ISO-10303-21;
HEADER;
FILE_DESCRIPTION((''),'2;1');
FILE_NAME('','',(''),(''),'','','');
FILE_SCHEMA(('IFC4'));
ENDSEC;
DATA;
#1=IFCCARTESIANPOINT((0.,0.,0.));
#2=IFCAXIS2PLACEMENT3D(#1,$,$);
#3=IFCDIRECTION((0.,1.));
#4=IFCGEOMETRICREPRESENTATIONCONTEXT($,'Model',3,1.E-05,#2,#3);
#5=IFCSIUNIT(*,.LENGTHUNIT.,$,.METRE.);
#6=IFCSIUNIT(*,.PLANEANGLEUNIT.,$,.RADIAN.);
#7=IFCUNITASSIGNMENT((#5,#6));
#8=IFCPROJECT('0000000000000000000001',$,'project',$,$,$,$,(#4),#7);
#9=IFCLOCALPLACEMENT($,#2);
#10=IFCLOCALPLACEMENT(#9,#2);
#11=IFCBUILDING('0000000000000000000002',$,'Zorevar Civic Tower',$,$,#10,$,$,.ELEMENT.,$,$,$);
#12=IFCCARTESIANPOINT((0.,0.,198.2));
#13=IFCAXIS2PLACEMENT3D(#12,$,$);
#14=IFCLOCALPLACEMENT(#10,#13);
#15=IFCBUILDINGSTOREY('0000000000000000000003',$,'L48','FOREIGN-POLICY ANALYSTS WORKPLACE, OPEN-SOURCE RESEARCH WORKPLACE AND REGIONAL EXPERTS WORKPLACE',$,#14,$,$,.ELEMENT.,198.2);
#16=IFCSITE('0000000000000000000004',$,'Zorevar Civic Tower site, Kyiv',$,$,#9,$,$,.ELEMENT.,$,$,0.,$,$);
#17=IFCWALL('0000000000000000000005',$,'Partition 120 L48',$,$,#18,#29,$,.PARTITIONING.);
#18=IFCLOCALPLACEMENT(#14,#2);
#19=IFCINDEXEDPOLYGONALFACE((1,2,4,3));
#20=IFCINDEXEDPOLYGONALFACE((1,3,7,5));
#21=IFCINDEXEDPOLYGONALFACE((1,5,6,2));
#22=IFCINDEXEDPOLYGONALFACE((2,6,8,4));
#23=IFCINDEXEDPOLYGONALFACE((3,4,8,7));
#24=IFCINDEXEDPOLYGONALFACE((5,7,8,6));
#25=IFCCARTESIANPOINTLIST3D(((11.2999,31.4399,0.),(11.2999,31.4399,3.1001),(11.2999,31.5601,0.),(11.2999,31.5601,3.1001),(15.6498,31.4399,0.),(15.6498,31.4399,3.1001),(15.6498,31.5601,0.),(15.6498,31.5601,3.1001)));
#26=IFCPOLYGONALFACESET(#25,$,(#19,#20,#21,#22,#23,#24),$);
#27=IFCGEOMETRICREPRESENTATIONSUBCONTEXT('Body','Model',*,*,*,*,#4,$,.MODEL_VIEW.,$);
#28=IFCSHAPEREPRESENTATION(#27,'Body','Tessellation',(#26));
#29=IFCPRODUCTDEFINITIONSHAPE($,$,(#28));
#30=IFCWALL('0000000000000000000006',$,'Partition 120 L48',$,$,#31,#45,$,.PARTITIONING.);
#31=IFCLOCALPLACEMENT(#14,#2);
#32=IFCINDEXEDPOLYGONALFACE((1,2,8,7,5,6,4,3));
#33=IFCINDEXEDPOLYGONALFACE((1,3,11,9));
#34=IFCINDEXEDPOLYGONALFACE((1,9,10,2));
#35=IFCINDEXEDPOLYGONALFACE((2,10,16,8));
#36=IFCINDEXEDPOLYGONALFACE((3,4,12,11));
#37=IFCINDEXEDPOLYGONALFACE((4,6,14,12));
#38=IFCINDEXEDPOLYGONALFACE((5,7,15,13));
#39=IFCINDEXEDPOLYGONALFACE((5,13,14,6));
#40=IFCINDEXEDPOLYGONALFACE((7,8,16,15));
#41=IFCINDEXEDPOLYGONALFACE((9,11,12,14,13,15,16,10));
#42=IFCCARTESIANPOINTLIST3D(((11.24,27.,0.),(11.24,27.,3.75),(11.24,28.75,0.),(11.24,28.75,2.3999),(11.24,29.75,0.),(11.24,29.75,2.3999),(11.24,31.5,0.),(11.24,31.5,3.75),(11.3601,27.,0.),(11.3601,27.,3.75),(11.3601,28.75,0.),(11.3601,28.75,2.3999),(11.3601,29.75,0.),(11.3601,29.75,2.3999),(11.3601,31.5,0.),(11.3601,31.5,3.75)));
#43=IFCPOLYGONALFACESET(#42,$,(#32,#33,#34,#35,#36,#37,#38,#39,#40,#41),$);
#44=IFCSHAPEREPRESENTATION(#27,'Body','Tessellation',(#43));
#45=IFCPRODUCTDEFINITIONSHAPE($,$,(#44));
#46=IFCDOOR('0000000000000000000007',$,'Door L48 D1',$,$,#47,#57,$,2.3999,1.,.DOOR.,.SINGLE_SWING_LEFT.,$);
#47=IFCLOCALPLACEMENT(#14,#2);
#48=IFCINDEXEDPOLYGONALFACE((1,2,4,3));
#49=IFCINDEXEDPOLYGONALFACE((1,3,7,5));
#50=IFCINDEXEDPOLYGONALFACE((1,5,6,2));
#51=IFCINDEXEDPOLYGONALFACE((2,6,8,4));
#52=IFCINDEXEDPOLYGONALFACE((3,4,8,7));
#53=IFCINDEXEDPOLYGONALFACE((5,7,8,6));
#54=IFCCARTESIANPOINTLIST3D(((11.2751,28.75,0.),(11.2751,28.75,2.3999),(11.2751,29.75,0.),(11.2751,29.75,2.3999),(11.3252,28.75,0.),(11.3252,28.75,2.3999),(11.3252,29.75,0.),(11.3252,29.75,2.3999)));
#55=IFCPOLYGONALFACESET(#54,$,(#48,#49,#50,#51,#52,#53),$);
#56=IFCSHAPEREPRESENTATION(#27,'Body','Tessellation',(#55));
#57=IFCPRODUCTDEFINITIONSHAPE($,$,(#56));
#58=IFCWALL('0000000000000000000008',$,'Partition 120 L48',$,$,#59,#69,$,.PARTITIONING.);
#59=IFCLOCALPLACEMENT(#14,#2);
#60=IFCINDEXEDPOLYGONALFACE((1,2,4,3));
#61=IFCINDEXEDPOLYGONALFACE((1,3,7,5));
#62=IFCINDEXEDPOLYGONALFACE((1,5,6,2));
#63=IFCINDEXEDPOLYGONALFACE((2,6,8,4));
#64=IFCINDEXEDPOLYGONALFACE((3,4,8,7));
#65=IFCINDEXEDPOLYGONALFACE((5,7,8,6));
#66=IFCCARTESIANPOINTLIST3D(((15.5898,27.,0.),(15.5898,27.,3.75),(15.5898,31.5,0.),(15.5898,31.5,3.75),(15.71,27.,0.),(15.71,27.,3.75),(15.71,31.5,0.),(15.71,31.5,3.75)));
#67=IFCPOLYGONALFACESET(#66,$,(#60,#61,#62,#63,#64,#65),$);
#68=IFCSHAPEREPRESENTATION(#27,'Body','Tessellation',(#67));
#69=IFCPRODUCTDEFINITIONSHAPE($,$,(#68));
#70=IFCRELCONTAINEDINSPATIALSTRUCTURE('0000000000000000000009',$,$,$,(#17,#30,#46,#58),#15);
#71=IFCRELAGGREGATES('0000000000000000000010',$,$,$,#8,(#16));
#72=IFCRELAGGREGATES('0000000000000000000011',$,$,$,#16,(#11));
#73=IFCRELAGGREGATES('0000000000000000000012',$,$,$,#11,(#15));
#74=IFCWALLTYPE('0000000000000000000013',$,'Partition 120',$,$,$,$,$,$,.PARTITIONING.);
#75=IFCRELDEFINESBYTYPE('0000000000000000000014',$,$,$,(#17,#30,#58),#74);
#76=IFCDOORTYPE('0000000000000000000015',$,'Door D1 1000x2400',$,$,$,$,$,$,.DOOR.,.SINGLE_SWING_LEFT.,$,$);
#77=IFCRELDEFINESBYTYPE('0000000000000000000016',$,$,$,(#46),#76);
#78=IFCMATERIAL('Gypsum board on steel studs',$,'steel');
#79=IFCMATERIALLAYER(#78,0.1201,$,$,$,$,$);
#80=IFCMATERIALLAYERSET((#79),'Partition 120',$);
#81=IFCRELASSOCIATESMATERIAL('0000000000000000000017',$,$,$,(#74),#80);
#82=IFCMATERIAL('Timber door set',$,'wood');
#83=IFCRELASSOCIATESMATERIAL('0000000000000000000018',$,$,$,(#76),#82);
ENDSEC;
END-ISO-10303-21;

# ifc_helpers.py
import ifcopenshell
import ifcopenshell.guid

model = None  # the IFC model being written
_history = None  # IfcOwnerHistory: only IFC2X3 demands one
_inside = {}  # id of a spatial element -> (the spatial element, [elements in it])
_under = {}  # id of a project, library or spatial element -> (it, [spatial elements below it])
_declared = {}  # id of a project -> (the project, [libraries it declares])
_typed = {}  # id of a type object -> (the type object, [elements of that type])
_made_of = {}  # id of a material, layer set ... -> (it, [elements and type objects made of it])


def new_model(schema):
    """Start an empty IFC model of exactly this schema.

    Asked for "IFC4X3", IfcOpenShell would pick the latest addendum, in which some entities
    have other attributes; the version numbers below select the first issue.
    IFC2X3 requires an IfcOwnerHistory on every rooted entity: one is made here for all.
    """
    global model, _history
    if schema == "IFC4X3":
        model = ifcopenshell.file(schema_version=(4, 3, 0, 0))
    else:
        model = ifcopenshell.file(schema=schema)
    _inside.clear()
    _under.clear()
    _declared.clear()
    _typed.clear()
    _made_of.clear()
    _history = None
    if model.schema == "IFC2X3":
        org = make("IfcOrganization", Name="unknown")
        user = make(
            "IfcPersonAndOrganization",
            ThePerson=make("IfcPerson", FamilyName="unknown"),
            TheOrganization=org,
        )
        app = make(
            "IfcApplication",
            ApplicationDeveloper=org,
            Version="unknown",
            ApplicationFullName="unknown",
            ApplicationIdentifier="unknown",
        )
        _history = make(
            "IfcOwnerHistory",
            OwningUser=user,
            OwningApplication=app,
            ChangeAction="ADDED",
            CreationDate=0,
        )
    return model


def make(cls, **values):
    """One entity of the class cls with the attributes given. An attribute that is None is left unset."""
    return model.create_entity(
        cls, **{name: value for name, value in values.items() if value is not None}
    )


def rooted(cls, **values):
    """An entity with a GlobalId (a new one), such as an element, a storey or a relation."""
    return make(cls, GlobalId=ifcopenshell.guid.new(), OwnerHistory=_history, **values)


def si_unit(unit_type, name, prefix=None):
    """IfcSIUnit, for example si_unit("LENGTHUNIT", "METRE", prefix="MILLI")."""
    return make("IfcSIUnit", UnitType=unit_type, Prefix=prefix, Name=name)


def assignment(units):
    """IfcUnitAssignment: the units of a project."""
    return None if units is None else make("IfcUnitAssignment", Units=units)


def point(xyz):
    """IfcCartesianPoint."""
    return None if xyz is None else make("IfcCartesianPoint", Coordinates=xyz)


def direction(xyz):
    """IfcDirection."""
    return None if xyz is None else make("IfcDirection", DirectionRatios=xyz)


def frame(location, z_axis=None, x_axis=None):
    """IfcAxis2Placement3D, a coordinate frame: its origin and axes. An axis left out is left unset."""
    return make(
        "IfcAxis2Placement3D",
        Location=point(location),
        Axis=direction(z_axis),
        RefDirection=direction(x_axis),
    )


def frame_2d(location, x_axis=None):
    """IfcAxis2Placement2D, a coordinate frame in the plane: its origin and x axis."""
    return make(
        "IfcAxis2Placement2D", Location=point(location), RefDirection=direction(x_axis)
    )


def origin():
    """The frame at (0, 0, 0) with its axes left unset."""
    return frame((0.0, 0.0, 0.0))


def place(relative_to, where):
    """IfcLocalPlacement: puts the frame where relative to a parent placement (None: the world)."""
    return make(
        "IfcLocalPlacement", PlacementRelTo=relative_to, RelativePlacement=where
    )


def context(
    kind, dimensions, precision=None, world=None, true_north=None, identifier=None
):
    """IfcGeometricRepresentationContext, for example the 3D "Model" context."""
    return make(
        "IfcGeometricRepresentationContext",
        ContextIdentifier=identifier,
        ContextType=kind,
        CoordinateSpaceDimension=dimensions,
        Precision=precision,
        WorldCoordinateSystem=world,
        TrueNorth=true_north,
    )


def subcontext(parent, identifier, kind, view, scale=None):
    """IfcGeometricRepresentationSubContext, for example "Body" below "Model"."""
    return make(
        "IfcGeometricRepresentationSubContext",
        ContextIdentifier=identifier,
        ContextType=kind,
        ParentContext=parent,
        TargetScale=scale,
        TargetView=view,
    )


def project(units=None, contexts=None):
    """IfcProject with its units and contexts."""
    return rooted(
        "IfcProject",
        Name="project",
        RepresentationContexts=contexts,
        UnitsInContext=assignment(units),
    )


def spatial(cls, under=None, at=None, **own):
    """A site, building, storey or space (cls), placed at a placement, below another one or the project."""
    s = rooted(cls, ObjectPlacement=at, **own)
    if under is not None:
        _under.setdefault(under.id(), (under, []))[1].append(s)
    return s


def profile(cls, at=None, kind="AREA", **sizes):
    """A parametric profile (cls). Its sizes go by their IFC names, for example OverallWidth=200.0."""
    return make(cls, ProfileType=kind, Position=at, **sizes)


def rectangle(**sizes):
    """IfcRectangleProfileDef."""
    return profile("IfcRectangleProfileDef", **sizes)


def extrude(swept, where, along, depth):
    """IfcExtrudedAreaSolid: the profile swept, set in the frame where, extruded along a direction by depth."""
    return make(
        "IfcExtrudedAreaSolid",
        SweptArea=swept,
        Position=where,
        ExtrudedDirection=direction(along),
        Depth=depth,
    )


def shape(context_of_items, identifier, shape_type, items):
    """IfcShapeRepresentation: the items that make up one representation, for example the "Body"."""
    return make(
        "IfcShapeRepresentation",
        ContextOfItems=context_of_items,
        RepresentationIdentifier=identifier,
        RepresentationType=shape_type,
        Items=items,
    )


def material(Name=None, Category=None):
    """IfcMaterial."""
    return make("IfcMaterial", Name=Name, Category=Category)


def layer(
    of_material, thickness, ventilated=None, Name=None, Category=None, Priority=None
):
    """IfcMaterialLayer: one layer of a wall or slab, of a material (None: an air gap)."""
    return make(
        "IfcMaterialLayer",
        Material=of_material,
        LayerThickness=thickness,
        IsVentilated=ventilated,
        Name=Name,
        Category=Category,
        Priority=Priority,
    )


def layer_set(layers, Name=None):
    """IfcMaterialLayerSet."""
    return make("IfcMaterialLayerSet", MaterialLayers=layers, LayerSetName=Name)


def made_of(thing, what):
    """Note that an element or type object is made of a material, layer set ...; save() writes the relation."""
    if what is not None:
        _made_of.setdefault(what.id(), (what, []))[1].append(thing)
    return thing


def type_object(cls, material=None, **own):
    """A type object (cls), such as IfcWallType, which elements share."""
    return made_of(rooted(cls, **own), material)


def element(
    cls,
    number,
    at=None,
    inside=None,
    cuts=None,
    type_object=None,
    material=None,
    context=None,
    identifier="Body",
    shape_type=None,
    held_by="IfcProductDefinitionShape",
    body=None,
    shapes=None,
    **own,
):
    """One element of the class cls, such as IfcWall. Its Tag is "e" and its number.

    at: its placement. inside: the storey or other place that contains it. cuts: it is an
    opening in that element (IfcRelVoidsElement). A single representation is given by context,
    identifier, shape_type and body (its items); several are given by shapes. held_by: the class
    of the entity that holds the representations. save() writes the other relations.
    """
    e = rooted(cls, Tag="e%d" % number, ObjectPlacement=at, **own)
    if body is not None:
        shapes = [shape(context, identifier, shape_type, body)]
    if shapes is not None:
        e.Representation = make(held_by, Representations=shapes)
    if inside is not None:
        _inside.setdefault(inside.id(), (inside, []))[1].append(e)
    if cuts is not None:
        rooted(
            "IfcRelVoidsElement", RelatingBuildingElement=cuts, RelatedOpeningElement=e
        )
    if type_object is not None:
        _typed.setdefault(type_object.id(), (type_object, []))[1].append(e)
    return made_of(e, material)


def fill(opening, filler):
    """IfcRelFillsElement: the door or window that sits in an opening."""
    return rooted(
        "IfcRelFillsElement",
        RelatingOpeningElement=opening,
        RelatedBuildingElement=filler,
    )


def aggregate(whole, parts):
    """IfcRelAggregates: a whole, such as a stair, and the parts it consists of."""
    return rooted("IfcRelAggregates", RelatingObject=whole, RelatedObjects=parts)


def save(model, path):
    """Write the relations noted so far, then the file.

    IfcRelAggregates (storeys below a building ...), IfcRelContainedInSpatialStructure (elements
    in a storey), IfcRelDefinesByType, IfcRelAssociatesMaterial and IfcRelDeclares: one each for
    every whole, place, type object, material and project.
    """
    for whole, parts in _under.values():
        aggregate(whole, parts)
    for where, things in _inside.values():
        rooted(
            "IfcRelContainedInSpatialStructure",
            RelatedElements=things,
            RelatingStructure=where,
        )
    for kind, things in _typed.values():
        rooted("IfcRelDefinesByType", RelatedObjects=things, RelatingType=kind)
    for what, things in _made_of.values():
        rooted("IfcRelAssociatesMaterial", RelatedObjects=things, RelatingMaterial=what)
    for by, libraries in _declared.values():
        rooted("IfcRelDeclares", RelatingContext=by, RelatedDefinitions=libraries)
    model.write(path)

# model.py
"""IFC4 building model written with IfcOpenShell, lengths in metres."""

from ifc_helpers import new_model, si_unit, direction, frame, frame_2d, origin, place, context, subcontext, project, spatial, rectangle, extrude, material, layer, layer_set, type_object, element, fill, save


model = new_model("IFC4")

# Units and contexts
model_context = context("Model", 3, precision=1e-05, world=origin(), true_north=direction((0.0, 1.0)))
body_context = subcontext(model_context, "Body", "Model", "MODEL_VIEW")
ifc_project = project(units=[si_unit("LENGTHUNIT", "METRE"), si_unit("PLANEANGLEUNIT", "RADIAN")], contexts=[model_context])

# Site, building, storey
site_placement = place(None, origin())
site = spatial("IfcSite", under=ifc_project, at=site_placement, Name="Zorevar Civic Tower site, Kyiv", CompositionType="ELEMENT", RefElevation=0.0)
building_placement = place(site_placement, origin())
building = spatial("IfcBuilding", under=site, at=building_placement, Name="Zorevar Civic Tower", CompositionType="ELEMENT")
storey_placement = place(building_placement, frame((0.0, 0.0, 198.2)))
storey = spatial("IfcBuildingStorey", under=building, at=storey_placement, Name="L48", Description="FOREIGN-POLICY ANALYSTS WORKPLACE, OPEN-SOURCE RESEARCH WORKPLACE AND REGIONAL EXPERTS WORKPLACE", CompositionType="ELEMENT", Elevation=198.2)

# Wall
ifc_material_1 = material(Name="Gypsum board on steel studs", Category="steel")
ifc_layer_1 = layer(ifc_material_1, 0.1201)
ifc_layer_set_1 = layer_set([ifc_layer_1], Name="Partition 120")
wall_type_1 = type_object("IfcWallType", Name="Partition 120", PredefinedType="PARTITIONING", material=ifc_layer_set_1)
wall_1_placement = place(storey_placement, frame((11.3, 31.5, 0.0), z_axis=(0.0, 0.0, 1.0), x_axis=(1.0, 0.0, 0.0)))
element("IfcWall", 1, at=wall_1_placement, inside=storey, type_object=wall_type_1, Name="Partition 120 L48", PredefinedType="PARTITIONING", context=body_context, shape_type="SweptSolid", body=[
    extrude(rectangle(XDim=4.3499, YDim=0.1201, at=frame_2d((2.1748, 0.0))), origin(), (0.0, 0.0, 1.0), 3.1001),
])

# Wall, opening, door
wall_2_placement = place(storey_placement, frame((11.3, 27.0, 0.0), z_axis=(0.0, 0.0, 1.0), x_axis=(0.0, 1.0, 0.0)))
wall_2 = element("IfcWall", 2, at=wall_2_placement, inside=storey, type_object=wall_type_1, Name="Partition 120 L48", PredefinedType="PARTITIONING", context=body_context, shape_type="SweptSolid", body=[
    extrude(rectangle(XDim=4.5, YDim=0.1201, at=frame_2d((2.25, 0.0))), origin(), (0.0, 0.0, 1.0), 3.75),
])
opening_1_placement = place(wall_2_placement, frame((1.75, 0.0, 0.0)))
opening_1 = element("IfcOpeningElement", 3, at=opening_1_placement, cuts=wall_2, PredefinedType="OPENING", context=body_context, shape_type="SweptSolid", body=[
    extrude(rectangle(XDim=1.0, YDim=2.3999, at=frame_2d((0.5, 1.2))), frame((0.0, 0.0701, 0.0), z_axis=(0.0, -1.0, 0.0), x_axis=(1.0, 0.0, 0.0)), (0.0, 0.0, 1.0), 0.1401),
])
ifc_material_2 = material(Name="Timber door set", Category="wood")
door_type_1 = type_object("IfcDoorType", Name="Door D1 1000x2400", OperationType="SINGLE_SWING_LEFT", PredefinedType="DOOR", material=ifc_material_2)
door_1_placement = place(opening_1_placement, origin())
door_1 = element("IfcDoor", 4, at=door_1_placement, inside=storey, type_object=door_type_1, Name="Door L48 D1", OperationType="SINGLE_SWING_LEFT", OverallHeight=2.3999, OverallWidth=1.0, PredefinedType="DOOR", context=body_context, shape_type="SweptSolid", body=[
    extrude(rectangle(XDim=1.0, YDim=2.3999, at=frame_2d((0.5, 1.2))), frame((0.0, 0.0249, 0.0), z_axis=(0.0, -1.0, 0.0), x_axis=(1.0, 0.0, 0.0)), (0.0, 0.0, 1.0), 0.05),
])
fill(opening_1, door_1)

# Wall
wall_3_placement = place(storey_placement, frame((15.6499, 27.0, 0.0), z_axis=(0.0, 0.0, 1.0), x_axis=(0.0, 1.0, 0.0)))
element("IfcWall", 5, at=wall_3_placement, inside=storey, type_object=wall_type_1, Name="Partition 120 L48", PredefinedType="PARTITIONING", context=body_context, shape_type="SweptSolid", body=[
    extrude(rectangle(XDim=4.5, YDim=0.1201, at=frame_2d((2.25, 0.0))), origin(), (0.0, 0.0, 1.0), 3.75),
])

save(model, "model.ifc")
